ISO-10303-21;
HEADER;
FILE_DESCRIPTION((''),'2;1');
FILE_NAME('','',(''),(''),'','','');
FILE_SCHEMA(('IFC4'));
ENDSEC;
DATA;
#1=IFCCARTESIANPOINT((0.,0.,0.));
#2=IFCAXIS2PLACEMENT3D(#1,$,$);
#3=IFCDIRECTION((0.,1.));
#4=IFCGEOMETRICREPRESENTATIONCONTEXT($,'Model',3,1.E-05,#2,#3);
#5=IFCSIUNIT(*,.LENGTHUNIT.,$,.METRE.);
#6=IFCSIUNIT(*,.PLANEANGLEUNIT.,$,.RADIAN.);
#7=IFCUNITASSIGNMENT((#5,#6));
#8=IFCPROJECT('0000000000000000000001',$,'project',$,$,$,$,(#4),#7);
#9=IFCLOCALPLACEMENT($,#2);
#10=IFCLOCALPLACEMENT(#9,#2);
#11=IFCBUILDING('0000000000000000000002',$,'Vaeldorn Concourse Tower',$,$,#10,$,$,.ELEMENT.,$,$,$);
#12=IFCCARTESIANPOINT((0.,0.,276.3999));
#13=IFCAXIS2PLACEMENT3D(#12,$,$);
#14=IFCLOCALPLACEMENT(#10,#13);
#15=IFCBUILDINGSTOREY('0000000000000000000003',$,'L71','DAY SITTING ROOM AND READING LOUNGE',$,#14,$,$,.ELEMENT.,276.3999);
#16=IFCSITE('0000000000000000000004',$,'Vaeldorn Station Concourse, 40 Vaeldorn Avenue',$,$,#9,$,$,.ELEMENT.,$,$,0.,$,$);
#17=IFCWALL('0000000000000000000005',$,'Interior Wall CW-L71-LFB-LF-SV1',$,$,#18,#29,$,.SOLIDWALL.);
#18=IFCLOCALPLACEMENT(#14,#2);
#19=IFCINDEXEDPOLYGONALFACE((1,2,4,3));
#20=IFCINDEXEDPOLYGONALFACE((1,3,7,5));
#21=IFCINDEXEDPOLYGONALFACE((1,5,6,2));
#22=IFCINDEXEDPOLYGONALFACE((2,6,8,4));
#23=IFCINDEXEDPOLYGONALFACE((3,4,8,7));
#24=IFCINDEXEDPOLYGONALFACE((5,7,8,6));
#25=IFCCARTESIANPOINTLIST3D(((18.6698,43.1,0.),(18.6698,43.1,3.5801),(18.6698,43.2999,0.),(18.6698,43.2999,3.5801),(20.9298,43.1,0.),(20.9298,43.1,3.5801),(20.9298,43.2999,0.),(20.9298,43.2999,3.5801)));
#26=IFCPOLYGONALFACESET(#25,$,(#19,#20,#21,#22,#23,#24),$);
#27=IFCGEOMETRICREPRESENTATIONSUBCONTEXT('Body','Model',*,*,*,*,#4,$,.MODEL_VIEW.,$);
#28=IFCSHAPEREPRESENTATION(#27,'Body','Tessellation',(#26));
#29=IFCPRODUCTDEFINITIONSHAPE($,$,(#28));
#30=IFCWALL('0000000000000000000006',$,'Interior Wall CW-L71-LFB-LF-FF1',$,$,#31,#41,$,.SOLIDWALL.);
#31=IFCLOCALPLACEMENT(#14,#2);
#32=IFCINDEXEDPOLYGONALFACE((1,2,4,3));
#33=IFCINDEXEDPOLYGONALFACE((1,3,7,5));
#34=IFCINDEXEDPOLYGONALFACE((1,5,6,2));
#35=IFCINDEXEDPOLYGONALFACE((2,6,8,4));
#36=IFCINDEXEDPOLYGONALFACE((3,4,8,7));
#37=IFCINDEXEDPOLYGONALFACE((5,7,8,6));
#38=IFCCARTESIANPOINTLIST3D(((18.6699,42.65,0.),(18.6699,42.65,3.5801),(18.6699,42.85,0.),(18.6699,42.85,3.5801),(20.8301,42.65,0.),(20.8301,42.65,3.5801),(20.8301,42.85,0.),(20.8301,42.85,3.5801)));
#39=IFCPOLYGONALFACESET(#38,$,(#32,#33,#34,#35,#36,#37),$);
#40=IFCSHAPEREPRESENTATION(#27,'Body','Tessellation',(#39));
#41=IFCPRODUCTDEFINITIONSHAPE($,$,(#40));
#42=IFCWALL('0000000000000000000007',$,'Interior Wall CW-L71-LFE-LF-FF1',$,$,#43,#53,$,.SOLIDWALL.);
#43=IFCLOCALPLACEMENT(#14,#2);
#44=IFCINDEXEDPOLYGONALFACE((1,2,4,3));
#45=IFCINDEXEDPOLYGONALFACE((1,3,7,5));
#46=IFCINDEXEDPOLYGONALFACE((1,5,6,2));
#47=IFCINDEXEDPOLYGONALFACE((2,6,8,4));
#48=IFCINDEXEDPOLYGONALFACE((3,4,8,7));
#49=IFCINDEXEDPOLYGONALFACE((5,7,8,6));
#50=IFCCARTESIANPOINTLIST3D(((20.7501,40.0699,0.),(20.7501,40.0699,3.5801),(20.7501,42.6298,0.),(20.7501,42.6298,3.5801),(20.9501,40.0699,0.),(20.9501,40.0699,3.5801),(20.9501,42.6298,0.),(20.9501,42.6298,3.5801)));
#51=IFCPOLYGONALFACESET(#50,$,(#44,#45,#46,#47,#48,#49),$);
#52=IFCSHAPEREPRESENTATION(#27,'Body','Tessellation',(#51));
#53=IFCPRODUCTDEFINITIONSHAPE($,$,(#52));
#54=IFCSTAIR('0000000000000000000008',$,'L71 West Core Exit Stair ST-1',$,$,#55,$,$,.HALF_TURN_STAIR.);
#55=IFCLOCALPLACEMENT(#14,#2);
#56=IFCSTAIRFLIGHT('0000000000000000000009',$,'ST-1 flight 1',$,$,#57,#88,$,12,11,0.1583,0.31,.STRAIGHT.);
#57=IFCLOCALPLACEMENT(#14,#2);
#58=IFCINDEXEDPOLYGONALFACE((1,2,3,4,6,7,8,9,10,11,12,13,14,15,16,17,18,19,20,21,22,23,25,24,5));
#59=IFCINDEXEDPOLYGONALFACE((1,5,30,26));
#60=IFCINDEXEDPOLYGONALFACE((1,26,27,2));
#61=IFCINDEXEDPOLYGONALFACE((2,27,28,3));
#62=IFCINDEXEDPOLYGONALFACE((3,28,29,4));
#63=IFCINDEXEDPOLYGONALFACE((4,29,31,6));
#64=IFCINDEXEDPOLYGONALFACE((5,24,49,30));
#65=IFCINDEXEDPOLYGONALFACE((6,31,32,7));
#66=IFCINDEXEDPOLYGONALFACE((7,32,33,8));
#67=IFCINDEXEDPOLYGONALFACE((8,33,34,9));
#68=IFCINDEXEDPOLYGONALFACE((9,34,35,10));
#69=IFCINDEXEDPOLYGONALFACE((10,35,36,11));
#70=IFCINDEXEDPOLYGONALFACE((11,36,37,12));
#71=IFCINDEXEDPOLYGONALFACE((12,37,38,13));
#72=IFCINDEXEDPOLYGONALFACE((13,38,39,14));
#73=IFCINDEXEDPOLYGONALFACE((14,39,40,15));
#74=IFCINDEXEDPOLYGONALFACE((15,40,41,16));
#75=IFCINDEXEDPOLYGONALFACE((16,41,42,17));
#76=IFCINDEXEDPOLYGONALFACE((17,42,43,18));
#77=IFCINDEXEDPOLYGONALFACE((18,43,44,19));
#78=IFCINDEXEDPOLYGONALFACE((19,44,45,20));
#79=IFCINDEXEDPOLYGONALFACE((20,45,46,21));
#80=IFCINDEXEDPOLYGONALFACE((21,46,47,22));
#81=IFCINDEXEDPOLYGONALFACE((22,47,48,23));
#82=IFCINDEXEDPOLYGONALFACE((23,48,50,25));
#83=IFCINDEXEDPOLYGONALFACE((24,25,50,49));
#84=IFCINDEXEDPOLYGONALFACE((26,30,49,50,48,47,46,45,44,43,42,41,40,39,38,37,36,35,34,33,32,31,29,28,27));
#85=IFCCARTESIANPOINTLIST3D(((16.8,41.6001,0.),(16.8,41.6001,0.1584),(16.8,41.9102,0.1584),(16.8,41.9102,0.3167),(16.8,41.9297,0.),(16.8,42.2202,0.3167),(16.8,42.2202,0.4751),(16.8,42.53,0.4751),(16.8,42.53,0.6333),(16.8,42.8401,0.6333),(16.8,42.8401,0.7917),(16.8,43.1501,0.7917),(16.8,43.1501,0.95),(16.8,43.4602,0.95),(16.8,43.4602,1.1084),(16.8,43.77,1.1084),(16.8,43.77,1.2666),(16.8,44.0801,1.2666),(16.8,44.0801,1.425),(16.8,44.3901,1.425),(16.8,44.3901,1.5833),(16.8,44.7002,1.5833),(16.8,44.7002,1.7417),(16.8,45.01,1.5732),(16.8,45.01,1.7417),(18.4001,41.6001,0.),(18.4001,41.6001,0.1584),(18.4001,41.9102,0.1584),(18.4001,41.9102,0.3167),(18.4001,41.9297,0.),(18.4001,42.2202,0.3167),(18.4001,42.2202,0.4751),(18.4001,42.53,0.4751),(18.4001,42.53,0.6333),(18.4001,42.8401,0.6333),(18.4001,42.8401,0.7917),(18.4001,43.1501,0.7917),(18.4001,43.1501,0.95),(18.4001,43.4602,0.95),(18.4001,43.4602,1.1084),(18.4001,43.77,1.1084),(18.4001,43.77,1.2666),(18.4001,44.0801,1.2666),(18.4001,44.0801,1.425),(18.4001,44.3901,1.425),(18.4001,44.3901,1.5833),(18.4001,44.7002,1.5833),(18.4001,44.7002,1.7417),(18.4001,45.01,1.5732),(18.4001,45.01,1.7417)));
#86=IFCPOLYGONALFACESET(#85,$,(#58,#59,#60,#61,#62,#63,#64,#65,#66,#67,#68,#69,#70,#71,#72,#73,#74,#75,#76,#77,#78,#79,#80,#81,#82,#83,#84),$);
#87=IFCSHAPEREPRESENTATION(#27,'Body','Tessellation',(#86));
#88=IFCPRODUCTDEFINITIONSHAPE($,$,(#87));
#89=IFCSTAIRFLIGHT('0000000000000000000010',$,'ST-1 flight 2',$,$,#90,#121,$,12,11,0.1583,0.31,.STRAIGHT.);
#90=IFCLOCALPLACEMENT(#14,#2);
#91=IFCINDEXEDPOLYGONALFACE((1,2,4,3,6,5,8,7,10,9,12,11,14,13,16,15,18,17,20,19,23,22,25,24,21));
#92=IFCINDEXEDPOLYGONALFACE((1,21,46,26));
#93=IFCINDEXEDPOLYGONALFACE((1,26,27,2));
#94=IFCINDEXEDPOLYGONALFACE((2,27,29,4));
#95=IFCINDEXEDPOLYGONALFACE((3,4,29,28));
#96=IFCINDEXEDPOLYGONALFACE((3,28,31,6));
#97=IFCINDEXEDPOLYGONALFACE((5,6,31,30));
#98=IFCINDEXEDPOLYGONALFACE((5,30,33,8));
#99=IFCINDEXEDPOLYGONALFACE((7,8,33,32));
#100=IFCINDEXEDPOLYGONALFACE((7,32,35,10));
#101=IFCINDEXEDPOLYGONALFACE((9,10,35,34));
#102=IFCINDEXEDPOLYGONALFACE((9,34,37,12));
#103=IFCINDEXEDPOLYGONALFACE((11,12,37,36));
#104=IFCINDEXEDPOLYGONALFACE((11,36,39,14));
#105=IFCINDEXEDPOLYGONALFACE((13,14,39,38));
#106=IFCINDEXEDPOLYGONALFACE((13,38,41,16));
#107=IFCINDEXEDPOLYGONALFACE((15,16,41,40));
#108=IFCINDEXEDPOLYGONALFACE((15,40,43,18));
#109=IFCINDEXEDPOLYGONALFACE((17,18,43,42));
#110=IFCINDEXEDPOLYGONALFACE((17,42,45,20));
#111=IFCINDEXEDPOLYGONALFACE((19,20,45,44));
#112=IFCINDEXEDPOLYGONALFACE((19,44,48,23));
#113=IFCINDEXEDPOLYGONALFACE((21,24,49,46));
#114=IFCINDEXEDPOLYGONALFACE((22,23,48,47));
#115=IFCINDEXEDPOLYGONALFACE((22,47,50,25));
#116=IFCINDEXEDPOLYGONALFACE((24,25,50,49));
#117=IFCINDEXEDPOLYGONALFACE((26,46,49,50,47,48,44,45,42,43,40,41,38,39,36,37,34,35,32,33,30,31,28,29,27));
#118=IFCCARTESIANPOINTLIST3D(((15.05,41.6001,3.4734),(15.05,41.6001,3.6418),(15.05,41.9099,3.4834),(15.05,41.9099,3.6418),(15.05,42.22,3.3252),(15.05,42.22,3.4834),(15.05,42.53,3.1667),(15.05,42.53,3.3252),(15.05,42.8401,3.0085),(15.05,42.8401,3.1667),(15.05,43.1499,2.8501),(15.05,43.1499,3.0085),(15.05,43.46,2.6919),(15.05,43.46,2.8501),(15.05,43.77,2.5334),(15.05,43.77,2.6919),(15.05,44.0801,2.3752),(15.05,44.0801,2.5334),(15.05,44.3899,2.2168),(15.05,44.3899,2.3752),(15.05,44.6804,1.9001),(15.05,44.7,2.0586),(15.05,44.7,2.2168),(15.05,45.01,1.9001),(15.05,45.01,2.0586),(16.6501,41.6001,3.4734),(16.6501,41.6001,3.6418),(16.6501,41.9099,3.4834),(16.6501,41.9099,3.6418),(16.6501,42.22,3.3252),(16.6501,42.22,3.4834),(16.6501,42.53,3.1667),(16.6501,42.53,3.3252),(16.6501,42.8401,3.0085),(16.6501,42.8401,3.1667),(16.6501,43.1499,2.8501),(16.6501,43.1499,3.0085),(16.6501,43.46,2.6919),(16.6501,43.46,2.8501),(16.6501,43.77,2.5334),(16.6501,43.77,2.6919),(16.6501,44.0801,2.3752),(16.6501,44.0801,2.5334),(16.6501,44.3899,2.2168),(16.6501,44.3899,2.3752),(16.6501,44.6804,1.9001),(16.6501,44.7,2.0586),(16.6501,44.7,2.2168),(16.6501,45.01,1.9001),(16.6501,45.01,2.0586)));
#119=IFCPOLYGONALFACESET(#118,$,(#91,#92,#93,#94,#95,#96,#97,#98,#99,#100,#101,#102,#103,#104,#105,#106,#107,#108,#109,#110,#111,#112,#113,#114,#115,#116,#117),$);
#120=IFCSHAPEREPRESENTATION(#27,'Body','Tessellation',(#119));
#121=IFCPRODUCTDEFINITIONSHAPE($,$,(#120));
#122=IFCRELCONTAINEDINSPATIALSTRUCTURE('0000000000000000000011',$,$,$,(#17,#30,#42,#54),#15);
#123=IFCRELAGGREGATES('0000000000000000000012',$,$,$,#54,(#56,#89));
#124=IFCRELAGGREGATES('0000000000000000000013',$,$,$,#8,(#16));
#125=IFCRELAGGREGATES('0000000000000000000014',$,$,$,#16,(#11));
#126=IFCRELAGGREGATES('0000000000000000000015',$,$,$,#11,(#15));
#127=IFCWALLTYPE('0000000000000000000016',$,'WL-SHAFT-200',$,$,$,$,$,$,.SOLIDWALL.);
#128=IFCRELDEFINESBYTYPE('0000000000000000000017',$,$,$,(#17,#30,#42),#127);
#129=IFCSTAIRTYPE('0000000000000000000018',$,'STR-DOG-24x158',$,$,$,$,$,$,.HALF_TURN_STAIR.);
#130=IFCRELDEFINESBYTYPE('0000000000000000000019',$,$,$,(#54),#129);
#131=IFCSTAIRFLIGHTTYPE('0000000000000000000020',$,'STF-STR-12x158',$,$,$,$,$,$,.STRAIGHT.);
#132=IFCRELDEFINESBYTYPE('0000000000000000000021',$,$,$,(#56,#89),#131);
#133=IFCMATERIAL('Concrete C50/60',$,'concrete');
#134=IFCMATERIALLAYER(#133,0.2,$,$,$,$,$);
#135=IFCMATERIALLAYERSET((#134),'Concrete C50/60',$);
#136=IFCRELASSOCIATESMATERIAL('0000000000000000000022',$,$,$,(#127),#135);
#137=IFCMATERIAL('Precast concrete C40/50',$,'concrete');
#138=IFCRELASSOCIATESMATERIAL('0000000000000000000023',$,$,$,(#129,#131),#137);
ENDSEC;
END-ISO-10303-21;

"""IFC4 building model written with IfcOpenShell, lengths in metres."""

from ifc_helpers import new_model, si_unit, direction, frame, frame_2d, origin, place, context, subcontext, project, spatial, polyline, rectangle, outline, extrude, material, layer, layer_set, type_object, element, aggregate, save


model = new_model("IFC4")

# Units and contexts
model_context = context("Model", 3, precision=1e-05, world=origin(), true_north=direction((0.0, 1.0)))
body_context = subcontext(model_context, "Body", "Model", "MODEL_VIEW")
ifc_project = project(units=[si_unit("LENGTHUNIT", "METRE"), si_unit("PLANEANGLEUNIT", "RADIAN")], contexts=[model_context])

# Site, building, storey
site_placement = place(None, origin())
site = spatial("IfcSite", under=ifc_project, at=site_placement, Name="Vaeldorn Station Concourse, 40 Vaeldorn Avenue", CompositionType="ELEMENT", RefElevation=0.0)
building_placement = place(site_placement, origin())
building = spatial("IfcBuilding", under=site, at=building_placement, Name="Vaeldorn Concourse Tower", CompositionType="ELEMENT")
storey_placement = place(building_placement, frame((0.0, 0.0, 276.3999)))
storey = spatial("IfcBuildingStorey", under=building, at=storey_placement, Name="L71", Description="DAY SITTING ROOM AND READING LOUNGE", CompositionType="ELEMENT", Elevation=276.3999)

# Shared definitions
ifc_material_1 = material(Name="Concrete C50/60", Category="concrete")

# Shared definitions
ifc_layer_1 = layer(ifc_material_1, 0.2)
ifc_layer_set_1 = layer_set([ifc_layer_1], Name="Concrete C50/60")
wall_type_1 = type_object("IfcWallType", Name="WL-SHAFT-200", PredefinedType="SOLIDWALL", material=ifc_layer_set_1)

# Walls
wall_1_placement = place(storey_placement, frame((18.6699, 43.2, 0.0), z_axis=(0.0, 0.0, 1.0), x_axis=(1.0, 0.0, 0.0)))
element("IfcWall", 1, at=wall_1_placement, inside=storey, type_object=wall_type_1, Name="Interior Wall CW-L71-LFB-LF-SV1", PredefinedType="SOLIDWALL", context=body_context, shape_type="SweptSolid", body=[
    extrude(rectangle(XDim=2.26, YDim=0.2, at=frame_2d((1.1299, 0.0))), origin(), (0.0, 0.0, 1.0), 3.5801),
])
wall_2_placement = place(storey_placement, frame((18.6699, 42.75, 0.0), z_axis=(0.0, 0.0, 1.0), x_axis=(1.0, 0.0, 0.0)))
element("IfcWall", 2, at=wall_2_placement, inside=storey, type_object=wall_type_1, Name="Interior Wall CW-L71-LFB-LF-FF1", PredefinedType="SOLIDWALL", context=body_context, shape_type="SweptSolid", body=[
    extrude(rectangle(XDim=2.1602, YDim=0.2, at=frame_2d((1.0801, 0.0))), origin(), (0.0, 0.0, 1.0), 3.5801),
])
wall_3_placement = place(storey_placement, frame((20.8501, 40.0701, 0.0), z_axis=(0.0, 0.0, 1.0), x_axis=(0.0, 1.0, 0.0)))
element("IfcWall", 3, at=wall_3_placement, inside=storey, type_object=wall_type_1, Name="Interior Wall CW-L71-LFE-LF-FF1", PredefinedType="SOLIDWALL", context=body_context, shape_type="SweptSolid", body=[
    extrude(rectangle(XDim=2.5598, YDim=0.2, at=frame_2d((1.2798, 0.0))), origin(), (0.0, 0.0, 1.0), 3.5801),
])

# Stair, stair flights
ifc_material_2 = material(Name="Precast concrete C40/50", Category="concrete")
stair_type = type_object("IfcStairType", Name="STR-DOG-24x158", PredefinedType="HALF_TURN_STAIR", material=ifc_material_2)
stair_placement = place(storey_placement, origin())
stair = element("IfcStair", 4, at=stair_placement, inside=storey, type_object=stair_type, Name="L71 West Core Exit Stair ST-1", PredefinedType="HALF_TURN_STAIR")
stair_flight_type = type_object("IfcStairFlightType", Name="STF-STR-12x158", PredefinedType="STRAIGHT", material=ifc_material_2)
stair_flight_1_placement = place(storey_placement, frame((17.6001, 41.6001, 0.0), z_axis=(0.0, 0.0, 1.0), x_axis=(0.0, 1.0, 0.0)))
stair_flight_1 = element("IfcStairFlight", 5, at=stair_flight_1_placement, type_object=stair_flight_type, Name="ST-1 flight 1", NumberOfRisers=12, NumberOfTreads=11, PredefinedType="STRAIGHT", RiserHeight=0.1583, TreadLength=0.31, context=body_context, shape_type="SweptSolid", body=[
    extrude(outline(polyline([(0.0, 0.0), (0.0, 0.1584), (0.3101, 0.1584), (0.3101, 0.3167), (0.6201, 0.3167), (0.6201, 0.4751), (0.9299, 0.4751), (0.9299, 0.6333), (1.24, 0.6333), (1.24, 0.7917), (1.55, 0.7917), (1.55, 0.95), (1.8601, 0.95), (1.8601, 1.1084), (2.1699, 1.1084), (2.1699, 1.2666), (2.48, 1.2666), (2.48, 1.425), (2.79, 1.425), (2.79, 1.5833), (3.1001, 1.5833), (3.1001, 1.7417), (3.4099, 1.7417), (3.4099, 1.8999), (3.4099, 1.5732), (0.3296, 0.0), (0.0, 0.0)])), frame((0.0, 0.8, 0.0), z_axis=(0.0, -1.0, 0.0), x_axis=(1.0, 0.0, 0.0)), (0.0, 0.0, 1.0), 1.6001),
])
stair_flight_2_placement = place(storey_placement, frame((15.8501, 45.01, 1.9001), z_axis=(0.0, 0.0, 1.0), x_axis=(0.0, -1.0, 0.0)))
stair_flight_2 = element("IfcStairFlight", 6, at=stair_flight_2_placement, type_object=stair_flight_type, Name="ST-1 flight 2", NumberOfRisers=12, NumberOfTreads=11, PredefinedType="STRAIGHT", RiserHeight=0.1583, TreadLength=0.31, context=body_context, shape_type="SweptSolid", body=[
    extrude(outline(polyline([(0.0, 0.0), (0.0, 0.1584), (0.3101, 0.1584), (0.3101, 0.3167), (0.6201, 0.3167), (0.6201, 0.4751), (0.9299, 0.4751), (0.9299, 0.6333), (1.24, 0.6333), (1.24, 0.7917), (1.55, 0.7917), (1.55, 0.95), (1.8601, 0.95), (1.8601, 1.1084), (2.1699, 1.1084), (2.1699, 1.2666), (2.48, 1.2666), (2.48, 1.425), (2.79, 1.425), (2.79, 1.5833), (3.1001, 1.5833), (3.1001, 1.7417), (3.4099, 1.7417), (3.4099, 1.8999), (3.4099, 1.5732), (0.3296, 0.0), (0.0, 0.0)])), frame((0.0, 0.8, 0.0), z_axis=(0.0, -1.0, 0.0), x_axis=(1.0, 0.0, 0.0)), (0.0, 0.0, 1.0), 1.6001),
])
aggregate(stair, [stair_flight_1, stair_flight_2])

save(model, "model.ifc")
